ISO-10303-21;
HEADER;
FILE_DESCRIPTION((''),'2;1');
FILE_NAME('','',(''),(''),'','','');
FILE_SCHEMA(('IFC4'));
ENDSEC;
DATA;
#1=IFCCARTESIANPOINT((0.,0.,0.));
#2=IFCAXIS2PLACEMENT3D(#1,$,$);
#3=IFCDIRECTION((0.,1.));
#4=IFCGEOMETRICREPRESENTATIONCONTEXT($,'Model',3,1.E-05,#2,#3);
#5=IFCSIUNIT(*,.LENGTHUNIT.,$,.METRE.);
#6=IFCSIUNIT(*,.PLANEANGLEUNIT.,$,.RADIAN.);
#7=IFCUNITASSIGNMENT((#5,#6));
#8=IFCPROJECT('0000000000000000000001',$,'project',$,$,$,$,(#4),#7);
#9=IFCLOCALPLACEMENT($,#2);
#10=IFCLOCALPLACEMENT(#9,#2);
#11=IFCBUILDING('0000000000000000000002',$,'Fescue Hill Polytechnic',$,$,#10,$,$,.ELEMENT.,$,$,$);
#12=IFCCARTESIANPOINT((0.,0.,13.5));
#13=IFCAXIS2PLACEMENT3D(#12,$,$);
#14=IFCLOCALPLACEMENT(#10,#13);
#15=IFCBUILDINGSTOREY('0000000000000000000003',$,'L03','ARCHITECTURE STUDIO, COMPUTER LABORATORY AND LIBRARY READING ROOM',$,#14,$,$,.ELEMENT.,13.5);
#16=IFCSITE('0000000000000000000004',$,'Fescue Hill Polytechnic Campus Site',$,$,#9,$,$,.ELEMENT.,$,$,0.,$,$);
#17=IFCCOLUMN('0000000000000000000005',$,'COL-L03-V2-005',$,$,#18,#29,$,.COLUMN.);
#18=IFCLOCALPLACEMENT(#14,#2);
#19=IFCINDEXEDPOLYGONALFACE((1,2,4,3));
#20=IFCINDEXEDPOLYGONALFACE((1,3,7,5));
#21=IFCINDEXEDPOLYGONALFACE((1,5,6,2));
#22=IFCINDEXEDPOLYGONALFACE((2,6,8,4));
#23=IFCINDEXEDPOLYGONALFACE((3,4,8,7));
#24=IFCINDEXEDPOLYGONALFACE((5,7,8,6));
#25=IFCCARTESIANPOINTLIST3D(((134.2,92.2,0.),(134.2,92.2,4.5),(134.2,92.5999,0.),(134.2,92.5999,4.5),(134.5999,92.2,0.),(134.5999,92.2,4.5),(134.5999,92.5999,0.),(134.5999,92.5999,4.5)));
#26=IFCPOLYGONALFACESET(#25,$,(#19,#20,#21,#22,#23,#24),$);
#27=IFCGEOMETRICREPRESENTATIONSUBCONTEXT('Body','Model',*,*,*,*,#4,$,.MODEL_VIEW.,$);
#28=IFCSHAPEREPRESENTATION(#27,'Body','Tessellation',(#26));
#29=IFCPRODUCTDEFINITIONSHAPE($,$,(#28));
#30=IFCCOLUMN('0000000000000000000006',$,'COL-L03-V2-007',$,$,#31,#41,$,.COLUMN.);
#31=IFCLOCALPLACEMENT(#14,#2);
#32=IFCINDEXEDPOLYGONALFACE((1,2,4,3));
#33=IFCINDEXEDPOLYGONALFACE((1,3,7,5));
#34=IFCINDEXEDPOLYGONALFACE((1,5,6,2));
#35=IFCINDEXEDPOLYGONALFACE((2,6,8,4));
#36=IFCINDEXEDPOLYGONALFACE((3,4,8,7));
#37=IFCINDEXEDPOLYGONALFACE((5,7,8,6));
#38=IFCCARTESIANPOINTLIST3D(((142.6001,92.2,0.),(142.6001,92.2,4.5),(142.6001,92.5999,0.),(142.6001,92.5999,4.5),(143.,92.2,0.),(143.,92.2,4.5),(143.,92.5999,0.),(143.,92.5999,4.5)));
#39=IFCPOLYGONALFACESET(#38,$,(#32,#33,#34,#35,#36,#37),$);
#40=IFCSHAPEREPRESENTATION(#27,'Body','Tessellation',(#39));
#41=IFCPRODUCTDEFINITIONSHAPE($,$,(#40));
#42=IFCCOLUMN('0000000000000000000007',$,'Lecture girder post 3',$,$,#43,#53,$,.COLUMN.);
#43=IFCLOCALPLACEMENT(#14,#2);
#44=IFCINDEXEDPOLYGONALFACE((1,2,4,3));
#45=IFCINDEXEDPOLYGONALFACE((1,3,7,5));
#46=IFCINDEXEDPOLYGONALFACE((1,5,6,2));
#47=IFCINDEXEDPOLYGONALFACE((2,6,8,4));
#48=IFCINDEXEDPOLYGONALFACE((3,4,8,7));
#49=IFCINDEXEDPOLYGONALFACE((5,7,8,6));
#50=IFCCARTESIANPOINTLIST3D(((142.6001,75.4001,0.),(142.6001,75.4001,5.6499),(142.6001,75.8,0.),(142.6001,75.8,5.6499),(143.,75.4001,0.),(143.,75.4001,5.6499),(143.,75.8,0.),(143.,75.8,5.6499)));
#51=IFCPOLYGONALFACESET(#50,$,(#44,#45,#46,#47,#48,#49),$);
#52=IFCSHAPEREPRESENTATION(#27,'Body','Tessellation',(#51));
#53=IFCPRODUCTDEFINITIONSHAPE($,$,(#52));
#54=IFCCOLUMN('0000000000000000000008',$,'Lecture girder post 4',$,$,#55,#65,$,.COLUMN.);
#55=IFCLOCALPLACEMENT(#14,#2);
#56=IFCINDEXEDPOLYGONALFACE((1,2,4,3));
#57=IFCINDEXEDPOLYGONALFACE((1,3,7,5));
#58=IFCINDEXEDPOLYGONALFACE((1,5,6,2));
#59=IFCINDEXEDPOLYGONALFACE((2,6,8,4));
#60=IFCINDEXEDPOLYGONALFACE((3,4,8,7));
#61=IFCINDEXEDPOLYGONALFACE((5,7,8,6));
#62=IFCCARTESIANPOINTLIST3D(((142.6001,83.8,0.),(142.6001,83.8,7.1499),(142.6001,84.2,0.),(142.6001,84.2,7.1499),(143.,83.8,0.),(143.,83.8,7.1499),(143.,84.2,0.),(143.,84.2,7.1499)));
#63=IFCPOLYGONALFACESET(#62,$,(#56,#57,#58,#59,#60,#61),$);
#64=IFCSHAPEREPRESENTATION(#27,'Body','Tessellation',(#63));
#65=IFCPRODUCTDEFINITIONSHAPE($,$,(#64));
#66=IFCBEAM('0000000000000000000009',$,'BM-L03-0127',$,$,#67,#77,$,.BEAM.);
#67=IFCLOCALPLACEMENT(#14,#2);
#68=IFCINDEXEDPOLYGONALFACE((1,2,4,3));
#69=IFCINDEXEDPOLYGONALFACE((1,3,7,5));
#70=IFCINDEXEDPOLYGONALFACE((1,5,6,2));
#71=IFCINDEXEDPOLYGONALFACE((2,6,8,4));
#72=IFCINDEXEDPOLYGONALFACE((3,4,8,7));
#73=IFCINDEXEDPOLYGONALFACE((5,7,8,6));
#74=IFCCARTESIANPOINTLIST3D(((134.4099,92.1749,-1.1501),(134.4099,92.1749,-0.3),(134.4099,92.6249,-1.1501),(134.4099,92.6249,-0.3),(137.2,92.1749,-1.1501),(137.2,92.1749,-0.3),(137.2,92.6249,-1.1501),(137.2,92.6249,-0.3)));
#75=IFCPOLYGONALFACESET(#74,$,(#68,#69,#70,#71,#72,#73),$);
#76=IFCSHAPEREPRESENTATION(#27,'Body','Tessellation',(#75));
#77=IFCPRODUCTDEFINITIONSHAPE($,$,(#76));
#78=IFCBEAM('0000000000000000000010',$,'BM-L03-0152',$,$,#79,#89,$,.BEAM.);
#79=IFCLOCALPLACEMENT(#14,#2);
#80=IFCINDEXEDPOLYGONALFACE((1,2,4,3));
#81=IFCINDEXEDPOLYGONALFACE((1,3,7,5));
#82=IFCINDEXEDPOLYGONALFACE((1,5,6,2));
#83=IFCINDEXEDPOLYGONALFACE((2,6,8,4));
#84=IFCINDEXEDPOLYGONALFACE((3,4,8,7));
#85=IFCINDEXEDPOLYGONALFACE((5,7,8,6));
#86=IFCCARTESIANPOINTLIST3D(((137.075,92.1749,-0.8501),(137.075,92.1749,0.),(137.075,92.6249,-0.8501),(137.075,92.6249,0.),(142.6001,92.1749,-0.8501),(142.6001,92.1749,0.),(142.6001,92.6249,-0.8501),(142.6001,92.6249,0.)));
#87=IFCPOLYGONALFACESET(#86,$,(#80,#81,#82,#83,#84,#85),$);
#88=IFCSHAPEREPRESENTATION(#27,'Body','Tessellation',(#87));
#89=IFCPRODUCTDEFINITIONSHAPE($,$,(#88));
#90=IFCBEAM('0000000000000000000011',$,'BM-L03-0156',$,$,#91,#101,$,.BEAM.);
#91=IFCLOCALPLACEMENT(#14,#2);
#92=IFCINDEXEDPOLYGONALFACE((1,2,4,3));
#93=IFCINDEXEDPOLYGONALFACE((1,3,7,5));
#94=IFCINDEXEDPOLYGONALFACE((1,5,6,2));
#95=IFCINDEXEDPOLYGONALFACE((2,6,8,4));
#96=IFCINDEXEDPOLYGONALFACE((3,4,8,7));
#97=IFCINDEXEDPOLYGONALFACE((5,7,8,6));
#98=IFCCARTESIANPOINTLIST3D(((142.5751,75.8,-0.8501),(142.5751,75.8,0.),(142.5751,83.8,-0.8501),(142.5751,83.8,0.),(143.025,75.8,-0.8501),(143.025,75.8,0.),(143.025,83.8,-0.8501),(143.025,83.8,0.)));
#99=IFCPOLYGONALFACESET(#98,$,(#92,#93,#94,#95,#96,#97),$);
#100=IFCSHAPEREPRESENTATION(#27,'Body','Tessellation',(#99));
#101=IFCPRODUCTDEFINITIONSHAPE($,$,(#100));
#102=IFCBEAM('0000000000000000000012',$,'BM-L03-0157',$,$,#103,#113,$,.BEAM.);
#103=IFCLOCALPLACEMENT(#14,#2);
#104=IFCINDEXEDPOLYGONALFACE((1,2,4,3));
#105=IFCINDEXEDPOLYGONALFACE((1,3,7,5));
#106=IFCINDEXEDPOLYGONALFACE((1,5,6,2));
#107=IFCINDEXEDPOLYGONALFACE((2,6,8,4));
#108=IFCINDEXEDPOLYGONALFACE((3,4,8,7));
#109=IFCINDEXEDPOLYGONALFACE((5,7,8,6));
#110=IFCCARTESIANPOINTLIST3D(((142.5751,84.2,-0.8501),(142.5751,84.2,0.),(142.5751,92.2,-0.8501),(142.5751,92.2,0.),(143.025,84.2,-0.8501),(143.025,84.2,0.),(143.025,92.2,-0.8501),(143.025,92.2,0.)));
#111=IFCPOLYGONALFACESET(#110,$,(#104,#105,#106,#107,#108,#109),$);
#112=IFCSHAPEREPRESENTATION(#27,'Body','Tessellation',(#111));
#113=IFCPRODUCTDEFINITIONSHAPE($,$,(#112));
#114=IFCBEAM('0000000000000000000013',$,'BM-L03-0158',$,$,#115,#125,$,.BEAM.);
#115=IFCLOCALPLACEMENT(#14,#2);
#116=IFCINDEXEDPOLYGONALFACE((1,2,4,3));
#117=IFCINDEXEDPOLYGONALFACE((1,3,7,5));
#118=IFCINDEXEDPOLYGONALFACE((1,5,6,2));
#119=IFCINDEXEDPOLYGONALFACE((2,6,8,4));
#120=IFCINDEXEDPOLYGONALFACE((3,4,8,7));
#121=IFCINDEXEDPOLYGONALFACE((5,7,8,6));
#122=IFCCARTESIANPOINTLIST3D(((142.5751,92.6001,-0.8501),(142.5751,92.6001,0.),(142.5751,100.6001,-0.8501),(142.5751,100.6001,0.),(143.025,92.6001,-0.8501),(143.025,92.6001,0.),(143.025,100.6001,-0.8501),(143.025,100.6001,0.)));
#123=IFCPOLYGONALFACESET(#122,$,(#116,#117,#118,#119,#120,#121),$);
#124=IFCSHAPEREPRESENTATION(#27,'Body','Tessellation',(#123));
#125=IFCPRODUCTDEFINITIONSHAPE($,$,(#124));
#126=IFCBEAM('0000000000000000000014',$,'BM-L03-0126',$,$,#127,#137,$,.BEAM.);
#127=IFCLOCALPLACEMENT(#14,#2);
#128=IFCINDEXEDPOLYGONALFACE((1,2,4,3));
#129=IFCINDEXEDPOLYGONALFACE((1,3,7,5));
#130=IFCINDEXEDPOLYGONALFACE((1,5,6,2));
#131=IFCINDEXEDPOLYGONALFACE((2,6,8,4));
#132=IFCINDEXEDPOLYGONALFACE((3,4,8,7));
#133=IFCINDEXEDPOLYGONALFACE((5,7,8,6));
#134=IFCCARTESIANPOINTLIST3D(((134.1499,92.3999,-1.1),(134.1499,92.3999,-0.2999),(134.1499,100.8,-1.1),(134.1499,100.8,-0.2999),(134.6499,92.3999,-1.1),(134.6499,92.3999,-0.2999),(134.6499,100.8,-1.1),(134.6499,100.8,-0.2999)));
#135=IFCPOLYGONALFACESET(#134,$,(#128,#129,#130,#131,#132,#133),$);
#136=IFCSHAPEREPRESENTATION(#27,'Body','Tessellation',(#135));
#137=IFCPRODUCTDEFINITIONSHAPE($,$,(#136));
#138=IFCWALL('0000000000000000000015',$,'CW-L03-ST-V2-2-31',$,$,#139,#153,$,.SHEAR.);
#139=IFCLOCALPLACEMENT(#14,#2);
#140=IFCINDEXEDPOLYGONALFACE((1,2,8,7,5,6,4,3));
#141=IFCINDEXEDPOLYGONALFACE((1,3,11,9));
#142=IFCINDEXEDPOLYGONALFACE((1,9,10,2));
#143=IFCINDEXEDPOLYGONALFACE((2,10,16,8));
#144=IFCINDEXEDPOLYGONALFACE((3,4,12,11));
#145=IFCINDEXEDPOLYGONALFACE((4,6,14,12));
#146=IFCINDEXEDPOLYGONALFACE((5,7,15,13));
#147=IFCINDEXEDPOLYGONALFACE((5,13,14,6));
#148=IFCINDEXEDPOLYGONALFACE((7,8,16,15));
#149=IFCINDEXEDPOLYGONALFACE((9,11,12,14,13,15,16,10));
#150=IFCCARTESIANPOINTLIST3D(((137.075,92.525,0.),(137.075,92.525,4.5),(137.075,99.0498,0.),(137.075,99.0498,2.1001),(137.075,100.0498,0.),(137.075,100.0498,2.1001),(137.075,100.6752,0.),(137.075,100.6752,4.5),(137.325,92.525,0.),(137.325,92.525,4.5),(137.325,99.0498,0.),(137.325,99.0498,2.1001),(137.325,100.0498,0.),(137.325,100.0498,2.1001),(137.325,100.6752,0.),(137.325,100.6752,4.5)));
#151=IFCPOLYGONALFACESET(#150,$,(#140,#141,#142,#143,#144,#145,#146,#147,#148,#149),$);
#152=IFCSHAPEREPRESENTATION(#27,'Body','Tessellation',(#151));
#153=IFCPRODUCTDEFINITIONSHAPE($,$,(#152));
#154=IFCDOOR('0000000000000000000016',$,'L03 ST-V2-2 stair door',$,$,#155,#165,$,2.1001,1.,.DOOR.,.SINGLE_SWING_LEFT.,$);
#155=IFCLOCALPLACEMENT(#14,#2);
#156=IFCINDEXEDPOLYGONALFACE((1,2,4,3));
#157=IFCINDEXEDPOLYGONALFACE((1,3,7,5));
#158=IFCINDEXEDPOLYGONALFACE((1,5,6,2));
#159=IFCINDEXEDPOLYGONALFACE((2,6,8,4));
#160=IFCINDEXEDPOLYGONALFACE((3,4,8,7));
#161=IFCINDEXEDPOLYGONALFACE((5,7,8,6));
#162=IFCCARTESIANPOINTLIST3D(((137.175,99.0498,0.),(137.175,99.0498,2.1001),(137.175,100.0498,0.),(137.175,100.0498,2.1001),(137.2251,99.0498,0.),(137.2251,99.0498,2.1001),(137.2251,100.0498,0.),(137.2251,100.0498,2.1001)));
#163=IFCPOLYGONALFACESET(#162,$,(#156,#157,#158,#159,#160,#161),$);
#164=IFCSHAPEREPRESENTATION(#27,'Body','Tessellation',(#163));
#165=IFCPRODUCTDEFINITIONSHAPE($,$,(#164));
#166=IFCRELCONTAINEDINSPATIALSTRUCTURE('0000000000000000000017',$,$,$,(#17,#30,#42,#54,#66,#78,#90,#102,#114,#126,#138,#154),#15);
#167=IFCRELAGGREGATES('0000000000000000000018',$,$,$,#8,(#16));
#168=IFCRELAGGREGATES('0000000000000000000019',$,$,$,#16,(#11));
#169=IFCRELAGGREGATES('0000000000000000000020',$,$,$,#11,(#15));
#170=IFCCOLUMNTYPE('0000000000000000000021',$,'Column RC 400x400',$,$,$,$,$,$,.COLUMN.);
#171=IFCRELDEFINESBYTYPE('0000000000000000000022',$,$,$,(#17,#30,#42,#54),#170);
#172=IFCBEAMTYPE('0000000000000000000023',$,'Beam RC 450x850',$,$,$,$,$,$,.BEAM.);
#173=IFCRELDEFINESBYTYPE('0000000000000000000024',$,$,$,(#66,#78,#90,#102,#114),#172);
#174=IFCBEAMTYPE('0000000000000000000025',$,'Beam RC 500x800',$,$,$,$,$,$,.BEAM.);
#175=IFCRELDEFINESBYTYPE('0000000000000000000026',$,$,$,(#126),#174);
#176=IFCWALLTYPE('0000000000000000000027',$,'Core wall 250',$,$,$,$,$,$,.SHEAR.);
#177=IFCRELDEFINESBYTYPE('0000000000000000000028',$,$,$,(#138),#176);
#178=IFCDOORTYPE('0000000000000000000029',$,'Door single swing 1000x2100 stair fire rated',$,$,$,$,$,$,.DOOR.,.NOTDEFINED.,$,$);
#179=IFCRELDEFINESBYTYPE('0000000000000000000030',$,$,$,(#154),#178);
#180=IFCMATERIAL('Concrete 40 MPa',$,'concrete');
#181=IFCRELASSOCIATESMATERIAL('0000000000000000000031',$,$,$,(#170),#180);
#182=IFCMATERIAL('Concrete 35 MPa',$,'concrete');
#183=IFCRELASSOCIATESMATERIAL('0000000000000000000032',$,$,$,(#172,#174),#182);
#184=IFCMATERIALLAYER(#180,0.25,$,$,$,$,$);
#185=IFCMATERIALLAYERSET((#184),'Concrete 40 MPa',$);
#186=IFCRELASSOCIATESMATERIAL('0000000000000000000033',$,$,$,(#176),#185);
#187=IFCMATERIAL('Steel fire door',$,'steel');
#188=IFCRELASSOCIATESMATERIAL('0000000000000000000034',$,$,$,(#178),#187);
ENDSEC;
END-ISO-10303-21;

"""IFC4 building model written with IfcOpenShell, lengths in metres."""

from ifc_helpers import new_model, si_unit, direction, frame, frame_2d, origin, origin_2d, place, context, subcontext, project, spatial, rectangle, extrude, material, layer, layer_set, material_profile, profile_set, type_object, element, fill, save


model = new_model("IFC4")

# Units and contexts
model_context = context("Model", 3, precision=1e-05, world=origin(), true_north=direction((0.0, 1.0)))
body_context = subcontext(model_context, "Body", "Model", "MODEL_VIEW")
ifc_project = project(units=[si_unit("LENGTHUNIT", "METRE"), si_unit("PLANEANGLEUNIT", "RADIAN")], contexts=[model_context])

# Site, building, storey
site_placement = place(None, origin())
site = spatial("IfcSite", under=ifc_project, at=site_placement, Name="Fescue Hill Polytechnic Campus Site", CompositionType="ELEMENT", RefElevation=0.0)
building_placement = place(site_placement, origin())
building = spatial("IfcBuilding", under=site, at=building_placement, Name="Fescue Hill Polytechnic", CompositionType="ELEMENT")
storey_placement = place(building_placement, frame((0.0, 0.0, 13.5)))
storey = spatial("IfcBuildingStorey", under=building, at=storey_placement, Name="L03", Description="ARCHITECTURE STUDIO, COMPUTER LABORATORY AND LIBRARY READING ROOM", CompositionType="ELEMENT", Elevation=13.5)

# Columns
ifc_material_1 = material(Name="Concrete 40 MPa", Category="concrete")
ifc_material_profile_1 = material_profile(ifc_material_1, rectangle(XDim=0.3999, YDim=0.3999, at=origin_2d()), Name="RC 400x400")
ifc_profile_set_1 = profile_set([ifc_material_profile_1], Name="Concrete 40 MPa")
column_type = type_object("IfcColumnType", Name="Column RC 400x400", PredefinedType="COLUMN", material=ifc_profile_set_1)
for number, where, z_axis, x_axis, name in (
    (1, (134.3999, 92.3999, 0.0), (0.0, 0.0, 1.0), (1.0, 0.0, 0.0), "COL-L03-V2-005"),
    (2, (142.8, 92.3999, 0.0), (0.0, 0.0, 1.0), (1.0, 0.0, 0.0), "COL-L03-V2-007"),
):
    element("IfcColumn", number, at=place(storey_placement, frame(where, z_axis=z_axis, x_axis=x_axis)), inside=storey, type_object=column_type, Name=name, PredefinedType="COLUMN", context=body_context, shape_type="SweptSolid", body=[
        extrude(rectangle(XDim=0.3999, YDim=0.3999, at=origin_2d()), origin(), (0.0, 0.0, 1.0), 4.5),
    ])
column_1_placement = place(storey_placement, frame((142.8, 75.6001, 0.0), z_axis=(0.0, 0.0, 1.0), x_axis=(1.0, 0.0, 0.0)))
element("IfcColumn", 3, at=column_1_placement, inside=storey, type_object=column_type, Name="Lecture girder post 3", PredefinedType="COLUMN", context=body_context, shape_type="SweptSolid", body=[
    extrude(rectangle(XDim=0.3999, YDim=0.3999, at=origin_2d()), origin(), (0.0, 0.0, 1.0), 5.6499),
])
column_2_placement = place(storey_placement, frame((142.8, 84.0, 0.0), z_axis=(0.0, 0.0, 1.0), x_axis=(1.0, 0.0, 0.0)))
element("IfcColumn", 4, at=column_2_placement, inside=storey, type_object=column_type, Name="Lecture girder post 4", PredefinedType="COLUMN", context=body_context, shape_type="SweptSolid", body=[
    extrude(rectangle(XDim=0.3999, YDim=0.3999, at=origin_2d()), origin(), (0.0, 0.0, 1.0), 7.1499),
])

# Beams
ifc_material_2 = material(Name="Concrete 35 MPa", Category="concrete")
ifc_material_profile_2 = material_profile(ifc_material_2, rectangle(XDim=0.45, YDim=0.8501, at=origin_2d()), Name="RC 450x850")
ifc_profile_set_2 = profile_set([ifc_material_profile_2], Name="Concrete 35 MPa")
beam_type_1 = type_object("IfcBeamType", Name="Beam RC 450x850", PredefinedType="BEAM", material=ifc_profile_set_2)
beam_1_placement = place(storey_placement, frame((134.4099, 92.3999, -0.7251), z_axis=(1.0, 0.0, 0.0), x_axis=(0.0, 1.0, 0.0)))
element("IfcBeam", 5, at=beam_1_placement, inside=storey, type_object=beam_type_1, Name="BM-L03-0127", PredefinedType="BEAM", context=body_context, shape_type="SweptSolid", body=[
    extrude(rectangle(XDim=0.45, YDim=0.8501, at=origin_2d()), origin(), (0.0, 0.0, 1.0), 2.79),
])
beam_2_placement = place(storey_placement, frame((137.075, 92.3999, -0.425), z_axis=(1.0, 0.0, 0.0), x_axis=(0.0, 1.0, 0.0)))
element("IfcBeam", 6, at=beam_2_placement, inside=storey, type_object=beam_type_1, Name="BM-L03-0152", PredefinedType="BEAM", context=body_context, shape_type="SweptSolid", body=[
    extrude(rectangle(XDim=0.45, YDim=0.8501, at=origin_2d()), origin(), (0.0, 0.0, 1.0), 5.5251),
])
for number, where, z_axis, x_axis, name in (
    (7, (142.8, 75.8, -0.425), (0.0, 1.0, 0.0), (-1.0, 0.0, 0.0), "BM-L03-0156"),
    (8, (142.8, 84.2, -0.425), (0.0, 1.0, 0.0), (-1.0, 0.0, 0.0), "BM-L03-0157"),
    (9, (142.8, 92.6001, -0.425), (0.0, 1.0, 0.0), (-1.0, 0.0, 0.0), "BM-L03-0158"),
):
    element("IfcBeam", number, at=place(storey_placement, frame(where, z_axis=z_axis, x_axis=x_axis)), inside=storey, type_object=beam_type_1, Name=name, PredefinedType="BEAM", context=body_context, shape_type="SweptSolid", body=[
        extrude(rectangle(XDim=0.45, YDim=0.8501, at=origin_2d()), origin(), (0.0, 0.0, 1.0), 8.0),
    ])
ifc_material_profile_3 = material_profile(ifc_material_2, rectangle(XDim=0.5, YDim=0.8, at=origin_2d()), Name="RC 500x800")
ifc_profile_set_3 = profile_set([ifc_material_profile_3], Name="Concrete 35 MPa")
beam_type_2 = type_object("IfcBeamType", Name="Beam RC 500x800", PredefinedType="BEAM", material=ifc_profile_set_3)
beam_3_placement = place(storey_placement, frame((134.3999, 92.3999, -0.7), z_axis=(0.0, 1.0, 0.0), x_axis=(-1.0, 0.0, 0.0)))
element("IfcBeam", 10, at=beam_3_placement, inside=storey, type_object=beam_type_2, Name="BM-L03-0126", PredefinedType="BEAM", context=body_context, shape_type="SweptSolid", body=[
    extrude(rectangle(XDim=0.5, YDim=0.8, at=origin_2d()), origin(), (0.0, 0.0, 1.0), 8.4001),
])

# Wall, opening, door
ifc_layer_1 = layer(ifc_material_1, 0.25)
ifc_layer_set_1 = layer_set([ifc_layer_1], Name="Concrete 40 MPa")
wall_type_1 = type_object("IfcWallType", Name="Core wall 250", PredefinedType="SHEAR", material=ifc_layer_set_1)
wall_1_placement = place(storey_placement, frame((137.2, 92.5249, 0.0), z_axis=(0.0, 0.0, 1.0), x_axis=(0.0, 1.0, 0.0)))
wall_1 = element("IfcWall", 11, at=wall_1_placement, inside=storey, type_object=wall_type_1, Name="CW-L03-ST-V2-2-31", PredefinedType="SHEAR", context=body_context, shape_type="SweptSolid", body=[
    extrude(rectangle(XDim=8.1501, YDim=0.25, at=frame_2d((4.0752, 0.0))), origin(), (0.0, 0.0, 1.0), 4.5),
])
opening_1_placement = place(wall_1_placement, frame((6.5249, 0.0, 0.0)))
opening_1 = element("IfcOpeningElement", 12, at=opening_1_placement, cuts=wall_1, PredefinedType="OPENING", context=body_context, shape_type="SweptSolid", body=[
    extrude(rectangle(XDim=1.0, YDim=2.1001, at=frame_2d((0.5, 1.05))), frame((0.0, 0.135, 0.0), z_axis=(0.0, -1.0, 0.0), x_axis=(1.0, 0.0, 0.0)), (0.0, 0.0, 1.0), 0.27),
])
ifc_material_3 = material(Name="Steel fire door", Category="steel")
door_type = type_object("IfcDoorType", Name="Door single swing 1000x2100 stair fire rated", OperationType="NOTDEFINED", PredefinedType="DOOR", material=ifc_material_3)
door_placement = place(opening_1_placement, origin())
door = element("IfcDoor", 13, at=door_placement, inside=storey, type_object=door_type, Name="L03 ST-V2-2 stair door", OperationType="SINGLE_SWING_LEFT", OverallHeight=2.1001, OverallWidth=1.0, PredefinedType="DOOR", context=body_context, shape_type="SweptSolid", body=[
    extrude(rectangle(XDim=1.0, YDim=2.1001, at=frame_2d((0.5, 1.05))), frame((0.0, 0.0249, 0.0), z_axis=(0.0, -1.0, 0.0), x_axis=(1.0, 0.0, 0.0)), (0.0, 0.0, 1.0), 0.05),
])
fill(opening_1, door)

save(model, "model.ifc")
